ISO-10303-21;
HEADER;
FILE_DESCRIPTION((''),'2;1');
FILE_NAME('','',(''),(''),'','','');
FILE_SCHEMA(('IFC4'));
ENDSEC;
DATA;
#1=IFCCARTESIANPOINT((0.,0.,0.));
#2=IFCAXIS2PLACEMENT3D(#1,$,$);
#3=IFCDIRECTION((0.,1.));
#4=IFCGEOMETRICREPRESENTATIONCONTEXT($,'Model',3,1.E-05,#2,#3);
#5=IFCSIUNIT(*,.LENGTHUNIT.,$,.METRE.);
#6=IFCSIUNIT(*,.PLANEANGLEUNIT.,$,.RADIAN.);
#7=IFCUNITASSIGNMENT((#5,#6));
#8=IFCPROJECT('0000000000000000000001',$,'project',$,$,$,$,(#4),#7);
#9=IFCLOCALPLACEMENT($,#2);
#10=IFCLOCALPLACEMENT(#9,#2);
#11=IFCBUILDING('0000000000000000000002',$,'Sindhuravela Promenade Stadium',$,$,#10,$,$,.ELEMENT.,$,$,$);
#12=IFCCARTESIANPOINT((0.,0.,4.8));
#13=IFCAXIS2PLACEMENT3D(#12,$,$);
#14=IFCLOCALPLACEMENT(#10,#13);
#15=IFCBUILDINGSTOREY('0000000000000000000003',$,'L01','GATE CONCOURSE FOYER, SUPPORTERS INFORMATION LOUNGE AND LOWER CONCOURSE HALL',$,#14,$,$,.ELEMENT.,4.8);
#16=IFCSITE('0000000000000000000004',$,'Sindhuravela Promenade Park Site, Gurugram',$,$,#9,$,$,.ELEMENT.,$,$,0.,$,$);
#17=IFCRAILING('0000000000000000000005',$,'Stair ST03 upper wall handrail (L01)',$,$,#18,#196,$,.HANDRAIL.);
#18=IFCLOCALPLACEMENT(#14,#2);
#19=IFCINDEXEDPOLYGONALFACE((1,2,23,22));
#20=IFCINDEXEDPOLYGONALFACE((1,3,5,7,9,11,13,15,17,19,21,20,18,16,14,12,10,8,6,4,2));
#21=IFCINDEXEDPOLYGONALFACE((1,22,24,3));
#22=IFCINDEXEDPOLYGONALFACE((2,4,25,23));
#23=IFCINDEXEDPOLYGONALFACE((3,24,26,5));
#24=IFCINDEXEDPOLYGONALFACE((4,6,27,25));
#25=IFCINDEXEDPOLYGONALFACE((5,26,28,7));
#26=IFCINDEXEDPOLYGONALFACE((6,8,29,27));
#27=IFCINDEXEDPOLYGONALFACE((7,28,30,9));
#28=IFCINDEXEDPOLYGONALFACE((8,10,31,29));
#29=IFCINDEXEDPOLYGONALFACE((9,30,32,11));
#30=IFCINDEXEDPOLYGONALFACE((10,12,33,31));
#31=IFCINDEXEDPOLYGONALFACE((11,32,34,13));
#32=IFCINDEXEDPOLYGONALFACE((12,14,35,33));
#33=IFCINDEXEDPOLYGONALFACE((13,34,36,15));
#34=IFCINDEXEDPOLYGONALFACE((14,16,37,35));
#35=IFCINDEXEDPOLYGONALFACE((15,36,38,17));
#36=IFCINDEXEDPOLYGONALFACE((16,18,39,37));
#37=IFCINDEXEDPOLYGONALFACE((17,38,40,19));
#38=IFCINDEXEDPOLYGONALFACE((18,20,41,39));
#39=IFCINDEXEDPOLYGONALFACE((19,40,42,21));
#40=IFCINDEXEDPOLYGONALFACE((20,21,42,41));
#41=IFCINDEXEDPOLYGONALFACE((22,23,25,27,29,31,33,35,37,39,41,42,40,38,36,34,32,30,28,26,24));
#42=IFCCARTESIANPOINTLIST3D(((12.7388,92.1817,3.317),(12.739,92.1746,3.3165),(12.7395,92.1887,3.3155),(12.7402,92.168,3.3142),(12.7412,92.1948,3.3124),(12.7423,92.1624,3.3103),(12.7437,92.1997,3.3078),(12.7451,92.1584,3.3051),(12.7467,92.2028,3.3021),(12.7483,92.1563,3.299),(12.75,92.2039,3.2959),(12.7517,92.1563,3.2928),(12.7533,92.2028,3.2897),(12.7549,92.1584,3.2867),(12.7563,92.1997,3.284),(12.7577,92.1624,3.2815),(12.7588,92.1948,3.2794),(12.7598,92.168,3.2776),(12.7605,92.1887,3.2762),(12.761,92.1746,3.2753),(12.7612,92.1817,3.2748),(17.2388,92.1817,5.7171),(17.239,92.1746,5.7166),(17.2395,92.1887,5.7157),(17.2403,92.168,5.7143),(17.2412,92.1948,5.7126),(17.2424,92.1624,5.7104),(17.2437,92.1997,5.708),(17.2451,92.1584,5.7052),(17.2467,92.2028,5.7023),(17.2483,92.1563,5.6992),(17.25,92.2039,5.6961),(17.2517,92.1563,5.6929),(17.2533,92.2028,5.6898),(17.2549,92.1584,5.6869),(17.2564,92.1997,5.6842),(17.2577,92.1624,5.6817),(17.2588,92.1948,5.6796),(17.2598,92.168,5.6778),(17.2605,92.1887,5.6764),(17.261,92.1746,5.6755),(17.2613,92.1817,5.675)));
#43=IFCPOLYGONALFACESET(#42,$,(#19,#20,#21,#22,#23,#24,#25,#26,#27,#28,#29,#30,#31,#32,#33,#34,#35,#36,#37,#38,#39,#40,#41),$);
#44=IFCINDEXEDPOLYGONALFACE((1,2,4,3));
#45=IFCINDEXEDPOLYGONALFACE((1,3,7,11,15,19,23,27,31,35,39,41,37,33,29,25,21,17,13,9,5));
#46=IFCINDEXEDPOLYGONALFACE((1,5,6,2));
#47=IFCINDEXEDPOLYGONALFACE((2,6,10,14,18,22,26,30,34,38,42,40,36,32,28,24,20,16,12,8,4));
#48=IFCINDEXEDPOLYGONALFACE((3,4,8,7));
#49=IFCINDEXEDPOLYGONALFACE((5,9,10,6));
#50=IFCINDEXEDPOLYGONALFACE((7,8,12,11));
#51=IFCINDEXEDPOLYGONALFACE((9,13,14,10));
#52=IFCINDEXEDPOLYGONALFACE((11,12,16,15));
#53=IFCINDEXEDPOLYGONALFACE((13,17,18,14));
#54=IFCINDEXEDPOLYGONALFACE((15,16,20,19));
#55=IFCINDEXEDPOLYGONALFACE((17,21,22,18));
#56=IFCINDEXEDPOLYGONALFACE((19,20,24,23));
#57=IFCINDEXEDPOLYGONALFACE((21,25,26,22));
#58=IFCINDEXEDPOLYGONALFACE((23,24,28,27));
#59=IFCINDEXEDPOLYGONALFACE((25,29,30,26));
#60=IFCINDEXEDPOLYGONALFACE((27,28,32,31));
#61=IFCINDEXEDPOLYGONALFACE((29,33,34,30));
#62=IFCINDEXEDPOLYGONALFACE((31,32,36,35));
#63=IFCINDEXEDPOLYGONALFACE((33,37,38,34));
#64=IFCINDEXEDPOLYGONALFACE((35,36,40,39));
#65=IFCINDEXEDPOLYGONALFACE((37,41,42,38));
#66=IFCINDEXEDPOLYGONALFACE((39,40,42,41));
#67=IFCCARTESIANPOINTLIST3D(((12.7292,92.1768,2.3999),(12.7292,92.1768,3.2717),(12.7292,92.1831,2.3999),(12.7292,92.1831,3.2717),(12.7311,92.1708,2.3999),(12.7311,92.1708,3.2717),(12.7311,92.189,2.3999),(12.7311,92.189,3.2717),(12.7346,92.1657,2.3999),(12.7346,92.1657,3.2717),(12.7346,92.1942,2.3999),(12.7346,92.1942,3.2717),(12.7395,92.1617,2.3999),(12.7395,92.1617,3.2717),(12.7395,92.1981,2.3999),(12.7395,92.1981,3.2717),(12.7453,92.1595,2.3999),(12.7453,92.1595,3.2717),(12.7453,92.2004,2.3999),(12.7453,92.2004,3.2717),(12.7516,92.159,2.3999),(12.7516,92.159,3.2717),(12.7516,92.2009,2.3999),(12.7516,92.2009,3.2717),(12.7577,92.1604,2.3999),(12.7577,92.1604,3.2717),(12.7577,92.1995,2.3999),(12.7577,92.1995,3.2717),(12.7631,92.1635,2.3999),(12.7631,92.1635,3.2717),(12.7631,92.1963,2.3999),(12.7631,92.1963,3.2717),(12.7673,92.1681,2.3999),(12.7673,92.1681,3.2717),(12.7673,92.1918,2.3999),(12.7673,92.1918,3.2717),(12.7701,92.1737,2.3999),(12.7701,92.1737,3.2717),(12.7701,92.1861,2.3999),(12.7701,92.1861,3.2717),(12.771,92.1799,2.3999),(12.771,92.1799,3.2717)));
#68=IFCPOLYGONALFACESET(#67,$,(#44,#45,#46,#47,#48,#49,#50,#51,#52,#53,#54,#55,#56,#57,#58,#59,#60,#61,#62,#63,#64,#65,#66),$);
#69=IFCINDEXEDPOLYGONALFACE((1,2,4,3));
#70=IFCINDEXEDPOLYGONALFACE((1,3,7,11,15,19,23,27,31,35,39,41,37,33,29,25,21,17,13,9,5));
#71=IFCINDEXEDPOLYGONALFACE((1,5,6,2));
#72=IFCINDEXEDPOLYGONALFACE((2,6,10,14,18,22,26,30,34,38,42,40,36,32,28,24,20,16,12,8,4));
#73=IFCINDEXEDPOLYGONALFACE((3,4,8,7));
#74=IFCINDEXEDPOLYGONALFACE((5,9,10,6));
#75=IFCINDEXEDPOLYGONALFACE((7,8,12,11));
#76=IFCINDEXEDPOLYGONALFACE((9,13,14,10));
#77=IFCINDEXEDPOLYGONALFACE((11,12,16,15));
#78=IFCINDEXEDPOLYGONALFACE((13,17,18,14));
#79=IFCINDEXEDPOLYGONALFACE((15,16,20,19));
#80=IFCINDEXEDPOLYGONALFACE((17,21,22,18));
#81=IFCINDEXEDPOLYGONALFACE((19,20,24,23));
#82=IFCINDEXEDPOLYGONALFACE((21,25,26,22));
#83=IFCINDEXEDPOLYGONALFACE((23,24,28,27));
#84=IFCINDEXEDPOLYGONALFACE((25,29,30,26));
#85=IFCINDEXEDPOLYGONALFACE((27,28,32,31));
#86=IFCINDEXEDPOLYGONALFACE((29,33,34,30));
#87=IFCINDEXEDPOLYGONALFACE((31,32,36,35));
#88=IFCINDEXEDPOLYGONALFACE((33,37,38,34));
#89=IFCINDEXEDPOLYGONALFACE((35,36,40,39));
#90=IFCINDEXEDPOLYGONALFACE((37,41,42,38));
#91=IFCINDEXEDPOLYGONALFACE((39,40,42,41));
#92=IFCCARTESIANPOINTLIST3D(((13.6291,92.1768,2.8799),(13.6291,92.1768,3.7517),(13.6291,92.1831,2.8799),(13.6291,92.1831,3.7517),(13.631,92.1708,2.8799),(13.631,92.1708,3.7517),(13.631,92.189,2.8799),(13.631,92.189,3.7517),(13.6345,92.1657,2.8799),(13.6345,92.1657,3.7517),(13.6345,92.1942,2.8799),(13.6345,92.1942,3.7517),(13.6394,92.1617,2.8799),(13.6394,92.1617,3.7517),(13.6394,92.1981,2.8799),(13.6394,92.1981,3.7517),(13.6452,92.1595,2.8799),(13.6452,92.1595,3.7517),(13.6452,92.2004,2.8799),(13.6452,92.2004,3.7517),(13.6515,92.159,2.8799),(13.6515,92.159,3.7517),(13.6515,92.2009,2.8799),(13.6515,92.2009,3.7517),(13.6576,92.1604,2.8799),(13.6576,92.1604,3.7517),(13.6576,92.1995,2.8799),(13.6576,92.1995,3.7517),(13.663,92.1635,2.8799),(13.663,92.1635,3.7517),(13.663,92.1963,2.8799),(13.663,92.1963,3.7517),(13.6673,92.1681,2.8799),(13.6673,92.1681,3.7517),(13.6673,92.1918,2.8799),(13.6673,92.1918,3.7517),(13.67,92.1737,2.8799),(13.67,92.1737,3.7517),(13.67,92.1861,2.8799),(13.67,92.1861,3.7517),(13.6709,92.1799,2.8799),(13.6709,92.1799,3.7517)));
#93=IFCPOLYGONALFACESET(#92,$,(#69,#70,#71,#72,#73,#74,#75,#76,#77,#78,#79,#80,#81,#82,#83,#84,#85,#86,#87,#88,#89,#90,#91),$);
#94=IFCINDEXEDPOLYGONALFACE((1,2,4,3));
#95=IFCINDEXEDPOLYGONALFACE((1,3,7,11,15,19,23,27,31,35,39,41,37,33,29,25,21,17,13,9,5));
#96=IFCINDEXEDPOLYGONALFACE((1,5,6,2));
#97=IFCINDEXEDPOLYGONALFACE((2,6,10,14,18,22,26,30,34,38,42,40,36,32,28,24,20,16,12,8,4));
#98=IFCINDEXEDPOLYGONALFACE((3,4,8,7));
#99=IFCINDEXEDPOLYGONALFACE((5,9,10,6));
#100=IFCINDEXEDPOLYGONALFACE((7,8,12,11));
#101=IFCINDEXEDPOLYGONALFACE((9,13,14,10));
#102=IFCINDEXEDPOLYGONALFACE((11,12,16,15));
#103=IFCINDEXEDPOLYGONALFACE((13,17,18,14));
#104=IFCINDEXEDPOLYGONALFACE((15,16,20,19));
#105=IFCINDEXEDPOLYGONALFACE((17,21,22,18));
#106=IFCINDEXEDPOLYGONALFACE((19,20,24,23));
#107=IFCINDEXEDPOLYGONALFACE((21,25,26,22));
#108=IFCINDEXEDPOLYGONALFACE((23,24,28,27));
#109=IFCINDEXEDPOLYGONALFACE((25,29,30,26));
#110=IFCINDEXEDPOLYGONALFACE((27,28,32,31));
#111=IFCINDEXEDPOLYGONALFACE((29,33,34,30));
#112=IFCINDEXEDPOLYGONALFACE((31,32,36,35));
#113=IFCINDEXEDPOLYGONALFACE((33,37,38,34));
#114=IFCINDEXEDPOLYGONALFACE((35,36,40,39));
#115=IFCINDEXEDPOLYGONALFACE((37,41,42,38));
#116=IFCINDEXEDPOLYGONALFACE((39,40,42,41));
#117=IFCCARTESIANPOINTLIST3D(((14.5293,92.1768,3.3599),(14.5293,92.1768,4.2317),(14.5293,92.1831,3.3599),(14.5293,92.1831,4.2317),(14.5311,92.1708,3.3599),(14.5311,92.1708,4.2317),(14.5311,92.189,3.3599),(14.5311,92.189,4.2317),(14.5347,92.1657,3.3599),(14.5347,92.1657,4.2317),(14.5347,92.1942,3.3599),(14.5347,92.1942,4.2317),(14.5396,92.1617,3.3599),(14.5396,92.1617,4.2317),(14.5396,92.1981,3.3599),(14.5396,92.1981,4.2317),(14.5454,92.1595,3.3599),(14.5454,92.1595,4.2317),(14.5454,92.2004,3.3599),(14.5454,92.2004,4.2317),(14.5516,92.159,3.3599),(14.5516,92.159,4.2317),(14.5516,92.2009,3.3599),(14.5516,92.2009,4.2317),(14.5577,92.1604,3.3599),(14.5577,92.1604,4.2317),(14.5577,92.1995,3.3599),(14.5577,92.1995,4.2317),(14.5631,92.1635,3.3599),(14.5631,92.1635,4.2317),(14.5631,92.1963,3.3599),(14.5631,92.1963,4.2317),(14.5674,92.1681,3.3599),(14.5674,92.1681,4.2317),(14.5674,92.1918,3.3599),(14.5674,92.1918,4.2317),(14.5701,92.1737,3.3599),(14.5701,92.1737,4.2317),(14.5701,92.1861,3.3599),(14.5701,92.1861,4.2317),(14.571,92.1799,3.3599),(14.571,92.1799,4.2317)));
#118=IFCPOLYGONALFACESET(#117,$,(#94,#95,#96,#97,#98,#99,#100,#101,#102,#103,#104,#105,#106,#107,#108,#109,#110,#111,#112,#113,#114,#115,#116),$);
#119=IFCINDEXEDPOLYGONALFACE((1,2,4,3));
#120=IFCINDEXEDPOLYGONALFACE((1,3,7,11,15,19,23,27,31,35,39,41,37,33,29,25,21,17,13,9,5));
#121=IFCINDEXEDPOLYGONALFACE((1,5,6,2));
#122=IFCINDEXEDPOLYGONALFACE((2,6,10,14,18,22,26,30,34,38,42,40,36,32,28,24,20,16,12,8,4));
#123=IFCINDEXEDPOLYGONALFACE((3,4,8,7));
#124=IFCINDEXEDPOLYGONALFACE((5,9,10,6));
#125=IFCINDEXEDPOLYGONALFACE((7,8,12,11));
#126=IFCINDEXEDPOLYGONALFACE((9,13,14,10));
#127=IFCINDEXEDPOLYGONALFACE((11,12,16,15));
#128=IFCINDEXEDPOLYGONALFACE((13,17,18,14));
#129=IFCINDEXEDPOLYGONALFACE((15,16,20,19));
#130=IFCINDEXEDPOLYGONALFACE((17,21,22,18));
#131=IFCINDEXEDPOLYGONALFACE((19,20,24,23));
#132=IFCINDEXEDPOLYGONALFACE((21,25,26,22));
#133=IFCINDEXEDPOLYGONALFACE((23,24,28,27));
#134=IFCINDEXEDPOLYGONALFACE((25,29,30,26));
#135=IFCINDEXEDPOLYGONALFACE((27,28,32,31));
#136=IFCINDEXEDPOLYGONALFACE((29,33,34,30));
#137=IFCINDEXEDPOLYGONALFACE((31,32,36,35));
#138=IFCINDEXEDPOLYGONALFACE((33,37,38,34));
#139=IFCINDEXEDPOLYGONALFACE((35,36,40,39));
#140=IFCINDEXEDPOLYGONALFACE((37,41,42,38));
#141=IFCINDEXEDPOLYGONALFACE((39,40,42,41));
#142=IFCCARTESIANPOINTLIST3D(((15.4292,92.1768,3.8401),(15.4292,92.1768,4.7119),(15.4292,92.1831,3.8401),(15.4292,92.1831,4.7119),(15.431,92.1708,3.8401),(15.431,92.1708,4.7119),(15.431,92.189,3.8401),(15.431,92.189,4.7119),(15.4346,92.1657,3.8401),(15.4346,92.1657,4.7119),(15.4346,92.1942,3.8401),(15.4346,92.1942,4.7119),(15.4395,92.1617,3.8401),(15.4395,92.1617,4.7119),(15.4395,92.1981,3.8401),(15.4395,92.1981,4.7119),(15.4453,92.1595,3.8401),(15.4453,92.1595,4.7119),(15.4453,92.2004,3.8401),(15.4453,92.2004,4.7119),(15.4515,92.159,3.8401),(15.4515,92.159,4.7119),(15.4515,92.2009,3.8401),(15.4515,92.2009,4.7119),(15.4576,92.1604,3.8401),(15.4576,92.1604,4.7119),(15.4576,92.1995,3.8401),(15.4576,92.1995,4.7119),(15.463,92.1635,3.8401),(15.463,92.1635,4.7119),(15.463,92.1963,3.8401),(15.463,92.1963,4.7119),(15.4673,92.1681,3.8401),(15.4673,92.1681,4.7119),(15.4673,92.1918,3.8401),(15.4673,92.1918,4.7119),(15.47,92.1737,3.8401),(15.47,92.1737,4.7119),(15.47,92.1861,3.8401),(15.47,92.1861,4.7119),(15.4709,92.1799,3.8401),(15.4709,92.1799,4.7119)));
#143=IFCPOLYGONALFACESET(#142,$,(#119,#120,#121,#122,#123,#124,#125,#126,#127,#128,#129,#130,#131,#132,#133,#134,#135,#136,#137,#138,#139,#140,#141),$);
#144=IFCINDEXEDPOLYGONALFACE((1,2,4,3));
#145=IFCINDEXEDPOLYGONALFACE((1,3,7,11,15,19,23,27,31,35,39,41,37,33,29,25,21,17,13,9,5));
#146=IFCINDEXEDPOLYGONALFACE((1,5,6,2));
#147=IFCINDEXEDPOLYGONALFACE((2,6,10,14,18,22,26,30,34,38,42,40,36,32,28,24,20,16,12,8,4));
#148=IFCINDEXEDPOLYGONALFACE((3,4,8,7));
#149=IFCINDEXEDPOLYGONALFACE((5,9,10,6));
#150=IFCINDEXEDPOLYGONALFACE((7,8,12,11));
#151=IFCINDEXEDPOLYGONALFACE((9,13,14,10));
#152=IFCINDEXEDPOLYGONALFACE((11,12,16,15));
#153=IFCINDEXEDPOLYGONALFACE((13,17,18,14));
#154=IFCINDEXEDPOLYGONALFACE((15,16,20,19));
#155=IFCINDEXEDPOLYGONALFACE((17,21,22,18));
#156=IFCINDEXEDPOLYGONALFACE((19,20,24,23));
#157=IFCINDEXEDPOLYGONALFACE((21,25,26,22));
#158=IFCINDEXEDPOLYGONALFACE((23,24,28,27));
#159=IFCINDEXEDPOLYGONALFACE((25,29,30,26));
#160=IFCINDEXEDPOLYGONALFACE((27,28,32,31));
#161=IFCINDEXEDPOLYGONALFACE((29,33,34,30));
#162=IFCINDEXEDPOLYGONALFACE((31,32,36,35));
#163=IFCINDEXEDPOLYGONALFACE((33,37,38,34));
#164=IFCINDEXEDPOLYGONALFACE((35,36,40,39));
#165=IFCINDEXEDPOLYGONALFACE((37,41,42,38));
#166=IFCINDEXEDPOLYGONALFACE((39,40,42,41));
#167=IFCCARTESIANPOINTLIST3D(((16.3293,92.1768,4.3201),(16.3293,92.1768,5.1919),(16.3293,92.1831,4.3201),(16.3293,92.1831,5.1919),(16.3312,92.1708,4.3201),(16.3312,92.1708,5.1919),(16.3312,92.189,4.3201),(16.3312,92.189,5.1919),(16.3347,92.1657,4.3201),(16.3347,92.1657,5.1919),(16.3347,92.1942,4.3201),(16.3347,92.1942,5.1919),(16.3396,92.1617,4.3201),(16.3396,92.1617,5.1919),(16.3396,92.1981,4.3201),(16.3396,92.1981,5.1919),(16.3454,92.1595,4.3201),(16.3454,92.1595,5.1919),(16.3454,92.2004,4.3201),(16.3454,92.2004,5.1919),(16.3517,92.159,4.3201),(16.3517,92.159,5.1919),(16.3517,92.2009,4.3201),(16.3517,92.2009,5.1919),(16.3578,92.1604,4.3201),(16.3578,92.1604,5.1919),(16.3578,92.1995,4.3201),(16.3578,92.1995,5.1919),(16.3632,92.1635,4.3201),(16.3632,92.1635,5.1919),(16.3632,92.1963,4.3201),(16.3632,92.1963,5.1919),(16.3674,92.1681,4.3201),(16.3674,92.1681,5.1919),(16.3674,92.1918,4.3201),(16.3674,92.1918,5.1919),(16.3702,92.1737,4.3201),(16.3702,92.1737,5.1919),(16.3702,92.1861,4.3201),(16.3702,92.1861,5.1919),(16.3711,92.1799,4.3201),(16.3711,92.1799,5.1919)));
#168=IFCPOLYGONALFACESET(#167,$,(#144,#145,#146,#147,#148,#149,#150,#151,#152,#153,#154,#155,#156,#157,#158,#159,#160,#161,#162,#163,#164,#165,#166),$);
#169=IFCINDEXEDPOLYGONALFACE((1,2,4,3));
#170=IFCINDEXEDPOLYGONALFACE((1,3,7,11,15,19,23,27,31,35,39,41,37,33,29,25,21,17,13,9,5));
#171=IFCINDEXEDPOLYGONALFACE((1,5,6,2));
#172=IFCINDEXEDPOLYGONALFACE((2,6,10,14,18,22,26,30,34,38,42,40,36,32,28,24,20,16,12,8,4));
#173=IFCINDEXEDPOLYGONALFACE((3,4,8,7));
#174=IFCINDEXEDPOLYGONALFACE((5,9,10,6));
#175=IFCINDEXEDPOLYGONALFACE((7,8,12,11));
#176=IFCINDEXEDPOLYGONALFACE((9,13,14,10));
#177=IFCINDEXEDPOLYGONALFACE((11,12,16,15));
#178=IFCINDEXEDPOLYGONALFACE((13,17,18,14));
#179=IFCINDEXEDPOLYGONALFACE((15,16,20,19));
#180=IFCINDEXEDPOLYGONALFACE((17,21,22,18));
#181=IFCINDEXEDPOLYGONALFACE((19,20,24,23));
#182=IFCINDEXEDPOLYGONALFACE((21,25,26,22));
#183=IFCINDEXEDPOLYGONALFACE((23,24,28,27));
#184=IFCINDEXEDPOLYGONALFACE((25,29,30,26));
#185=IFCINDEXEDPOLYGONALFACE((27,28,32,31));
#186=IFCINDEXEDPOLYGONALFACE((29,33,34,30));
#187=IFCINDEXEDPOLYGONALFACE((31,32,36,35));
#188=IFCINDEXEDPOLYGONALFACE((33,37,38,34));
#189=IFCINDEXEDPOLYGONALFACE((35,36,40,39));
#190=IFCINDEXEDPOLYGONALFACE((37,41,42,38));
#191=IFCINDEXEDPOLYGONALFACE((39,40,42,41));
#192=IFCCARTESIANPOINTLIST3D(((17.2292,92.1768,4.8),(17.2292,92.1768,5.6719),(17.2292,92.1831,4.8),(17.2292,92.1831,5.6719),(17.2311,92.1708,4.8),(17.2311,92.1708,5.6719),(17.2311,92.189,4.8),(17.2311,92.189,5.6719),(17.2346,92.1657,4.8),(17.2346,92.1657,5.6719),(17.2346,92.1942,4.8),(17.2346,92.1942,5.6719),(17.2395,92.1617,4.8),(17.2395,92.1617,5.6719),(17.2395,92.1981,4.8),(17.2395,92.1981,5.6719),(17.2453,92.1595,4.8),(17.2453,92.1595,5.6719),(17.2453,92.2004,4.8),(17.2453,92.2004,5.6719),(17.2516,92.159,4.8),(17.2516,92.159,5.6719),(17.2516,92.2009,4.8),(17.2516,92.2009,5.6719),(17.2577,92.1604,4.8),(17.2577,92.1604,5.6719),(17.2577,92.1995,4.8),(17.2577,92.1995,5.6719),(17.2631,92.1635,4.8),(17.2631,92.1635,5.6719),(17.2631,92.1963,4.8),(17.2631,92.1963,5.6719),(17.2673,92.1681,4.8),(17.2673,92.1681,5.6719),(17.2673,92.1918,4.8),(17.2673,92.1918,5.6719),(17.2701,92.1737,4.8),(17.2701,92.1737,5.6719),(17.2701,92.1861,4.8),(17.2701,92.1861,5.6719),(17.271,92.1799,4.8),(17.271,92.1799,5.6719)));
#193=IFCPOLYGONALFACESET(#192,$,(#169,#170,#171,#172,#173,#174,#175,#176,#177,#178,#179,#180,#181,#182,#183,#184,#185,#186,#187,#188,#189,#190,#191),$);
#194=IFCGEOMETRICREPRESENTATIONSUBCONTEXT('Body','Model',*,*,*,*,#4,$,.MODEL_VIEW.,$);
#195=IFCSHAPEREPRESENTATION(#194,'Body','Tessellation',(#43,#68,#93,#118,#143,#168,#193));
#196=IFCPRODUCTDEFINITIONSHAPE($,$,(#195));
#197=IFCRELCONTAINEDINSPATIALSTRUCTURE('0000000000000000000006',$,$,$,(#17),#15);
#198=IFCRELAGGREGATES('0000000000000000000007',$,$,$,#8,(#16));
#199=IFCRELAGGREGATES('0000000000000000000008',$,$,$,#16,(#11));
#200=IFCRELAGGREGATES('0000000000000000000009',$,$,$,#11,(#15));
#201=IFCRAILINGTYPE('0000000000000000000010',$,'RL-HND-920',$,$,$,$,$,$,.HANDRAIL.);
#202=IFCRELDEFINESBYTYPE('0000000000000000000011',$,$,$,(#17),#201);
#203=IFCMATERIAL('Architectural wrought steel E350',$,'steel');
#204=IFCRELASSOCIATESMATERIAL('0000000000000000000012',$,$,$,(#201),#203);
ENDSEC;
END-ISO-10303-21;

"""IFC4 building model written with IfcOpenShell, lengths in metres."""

from ifc_helpers import new_model, si_unit, direction, frame, origin, origin_2d, place, context, subcontext, project, spatial, circle, extrude, material, type_object, element, save


model = new_model("IFC4")

# Units and contexts
model_context = context("Model", 3, precision=1e-05, world=origin(), true_north=direction((0.0, 1.0)))
body_context = subcontext(model_context, "Body", "Model", "MODEL_VIEW")
ifc_project = project(units=[si_unit("LENGTHUNIT", "METRE"), si_unit("PLANEANGLEUNIT", "RADIAN")], contexts=[model_context])

# Site, building, storey
site_placement = place(None, origin())
site = spatial("IfcSite", under=ifc_project, at=site_placement, Name="Sindhuravela Promenade Park Site, Gurugram", CompositionType="ELEMENT", RefElevation=0.0)
building_placement = place(site_placement, origin())
building = spatial("IfcBuilding", under=site, at=building_placement, Name="Sindhuravela Promenade Stadium", CompositionType="ELEMENT")
storey_placement = place(building_placement, frame((0.0, 0.0, 4.8)))
storey = spatial("IfcBuildingStorey", under=building, at=storey_placement, Name="L01", Description="GATE CONCOURSE FOYER, SUPPORTERS INFORMATION LOUNGE AND LOWER CONCOURSE HALL", CompositionType="ELEMENT", Elevation=4.8)

# Shared definitions
ifc_material_1 = material(Name="Architectural wrought steel E350", Category="steel")

# Railing
railing_type_1 = type_object("IfcRailingType", Name="RL-HND-920", PredefinedType="HANDRAIL", material=ifc_material_1)
railing_1_placement = place(storey_placement, frame((12.75, 92.1799, 2.3999)))
element("IfcRailing", 1, at=railing_1_placement, inside=storey, type_object=railing_type_1, Name="Stair ST03 upper wall handrail (L01)", PredefinedType="HANDRAIL", context=body_context, shape_type="SweptSolid", body=[
    extrude(circle(Radius=0.0239, at=origin_2d()), frame((0.0, 0.0, 0.896), z_axis=(0.882341, 0.0, 0.470611), x_axis=(0.0, 1.0, 0.0)), (0.0, 0.0, 1.0), 5.1001),
    extrude(circle(Radius=0.021, at=origin_2d()), origin(), (0.0, 0.0, 1.0), 0.8718),
    extrude(circle(Radius=0.021, at=origin_2d()), frame((0.8999, 0.0, 0.48)), (0.0, 0.0, 1.0), 0.8718),
    extrude(circle(Radius=0.021, at=origin_2d()), frame((1.8, 0.0, 0.96)), (0.0, 0.0, 1.0), 0.8718),
    extrude(circle(Radius=0.021, at=origin_2d()), frame((2.7, 0.0, 1.4402)), (0.0, 0.0, 1.0), 0.8718),
    extrude(circle(Radius=0.021, at=origin_2d()), frame((3.6001, 0.0, 1.9202)), (0.0, 0.0, 1.0), 0.8718),
    extrude(circle(Radius=0.021, at=origin_2d()), frame((4.5, 0.0, 2.4001)), (0.0, 0.0, 1.0), 0.8718),
])

save(model, "model.ifc")
